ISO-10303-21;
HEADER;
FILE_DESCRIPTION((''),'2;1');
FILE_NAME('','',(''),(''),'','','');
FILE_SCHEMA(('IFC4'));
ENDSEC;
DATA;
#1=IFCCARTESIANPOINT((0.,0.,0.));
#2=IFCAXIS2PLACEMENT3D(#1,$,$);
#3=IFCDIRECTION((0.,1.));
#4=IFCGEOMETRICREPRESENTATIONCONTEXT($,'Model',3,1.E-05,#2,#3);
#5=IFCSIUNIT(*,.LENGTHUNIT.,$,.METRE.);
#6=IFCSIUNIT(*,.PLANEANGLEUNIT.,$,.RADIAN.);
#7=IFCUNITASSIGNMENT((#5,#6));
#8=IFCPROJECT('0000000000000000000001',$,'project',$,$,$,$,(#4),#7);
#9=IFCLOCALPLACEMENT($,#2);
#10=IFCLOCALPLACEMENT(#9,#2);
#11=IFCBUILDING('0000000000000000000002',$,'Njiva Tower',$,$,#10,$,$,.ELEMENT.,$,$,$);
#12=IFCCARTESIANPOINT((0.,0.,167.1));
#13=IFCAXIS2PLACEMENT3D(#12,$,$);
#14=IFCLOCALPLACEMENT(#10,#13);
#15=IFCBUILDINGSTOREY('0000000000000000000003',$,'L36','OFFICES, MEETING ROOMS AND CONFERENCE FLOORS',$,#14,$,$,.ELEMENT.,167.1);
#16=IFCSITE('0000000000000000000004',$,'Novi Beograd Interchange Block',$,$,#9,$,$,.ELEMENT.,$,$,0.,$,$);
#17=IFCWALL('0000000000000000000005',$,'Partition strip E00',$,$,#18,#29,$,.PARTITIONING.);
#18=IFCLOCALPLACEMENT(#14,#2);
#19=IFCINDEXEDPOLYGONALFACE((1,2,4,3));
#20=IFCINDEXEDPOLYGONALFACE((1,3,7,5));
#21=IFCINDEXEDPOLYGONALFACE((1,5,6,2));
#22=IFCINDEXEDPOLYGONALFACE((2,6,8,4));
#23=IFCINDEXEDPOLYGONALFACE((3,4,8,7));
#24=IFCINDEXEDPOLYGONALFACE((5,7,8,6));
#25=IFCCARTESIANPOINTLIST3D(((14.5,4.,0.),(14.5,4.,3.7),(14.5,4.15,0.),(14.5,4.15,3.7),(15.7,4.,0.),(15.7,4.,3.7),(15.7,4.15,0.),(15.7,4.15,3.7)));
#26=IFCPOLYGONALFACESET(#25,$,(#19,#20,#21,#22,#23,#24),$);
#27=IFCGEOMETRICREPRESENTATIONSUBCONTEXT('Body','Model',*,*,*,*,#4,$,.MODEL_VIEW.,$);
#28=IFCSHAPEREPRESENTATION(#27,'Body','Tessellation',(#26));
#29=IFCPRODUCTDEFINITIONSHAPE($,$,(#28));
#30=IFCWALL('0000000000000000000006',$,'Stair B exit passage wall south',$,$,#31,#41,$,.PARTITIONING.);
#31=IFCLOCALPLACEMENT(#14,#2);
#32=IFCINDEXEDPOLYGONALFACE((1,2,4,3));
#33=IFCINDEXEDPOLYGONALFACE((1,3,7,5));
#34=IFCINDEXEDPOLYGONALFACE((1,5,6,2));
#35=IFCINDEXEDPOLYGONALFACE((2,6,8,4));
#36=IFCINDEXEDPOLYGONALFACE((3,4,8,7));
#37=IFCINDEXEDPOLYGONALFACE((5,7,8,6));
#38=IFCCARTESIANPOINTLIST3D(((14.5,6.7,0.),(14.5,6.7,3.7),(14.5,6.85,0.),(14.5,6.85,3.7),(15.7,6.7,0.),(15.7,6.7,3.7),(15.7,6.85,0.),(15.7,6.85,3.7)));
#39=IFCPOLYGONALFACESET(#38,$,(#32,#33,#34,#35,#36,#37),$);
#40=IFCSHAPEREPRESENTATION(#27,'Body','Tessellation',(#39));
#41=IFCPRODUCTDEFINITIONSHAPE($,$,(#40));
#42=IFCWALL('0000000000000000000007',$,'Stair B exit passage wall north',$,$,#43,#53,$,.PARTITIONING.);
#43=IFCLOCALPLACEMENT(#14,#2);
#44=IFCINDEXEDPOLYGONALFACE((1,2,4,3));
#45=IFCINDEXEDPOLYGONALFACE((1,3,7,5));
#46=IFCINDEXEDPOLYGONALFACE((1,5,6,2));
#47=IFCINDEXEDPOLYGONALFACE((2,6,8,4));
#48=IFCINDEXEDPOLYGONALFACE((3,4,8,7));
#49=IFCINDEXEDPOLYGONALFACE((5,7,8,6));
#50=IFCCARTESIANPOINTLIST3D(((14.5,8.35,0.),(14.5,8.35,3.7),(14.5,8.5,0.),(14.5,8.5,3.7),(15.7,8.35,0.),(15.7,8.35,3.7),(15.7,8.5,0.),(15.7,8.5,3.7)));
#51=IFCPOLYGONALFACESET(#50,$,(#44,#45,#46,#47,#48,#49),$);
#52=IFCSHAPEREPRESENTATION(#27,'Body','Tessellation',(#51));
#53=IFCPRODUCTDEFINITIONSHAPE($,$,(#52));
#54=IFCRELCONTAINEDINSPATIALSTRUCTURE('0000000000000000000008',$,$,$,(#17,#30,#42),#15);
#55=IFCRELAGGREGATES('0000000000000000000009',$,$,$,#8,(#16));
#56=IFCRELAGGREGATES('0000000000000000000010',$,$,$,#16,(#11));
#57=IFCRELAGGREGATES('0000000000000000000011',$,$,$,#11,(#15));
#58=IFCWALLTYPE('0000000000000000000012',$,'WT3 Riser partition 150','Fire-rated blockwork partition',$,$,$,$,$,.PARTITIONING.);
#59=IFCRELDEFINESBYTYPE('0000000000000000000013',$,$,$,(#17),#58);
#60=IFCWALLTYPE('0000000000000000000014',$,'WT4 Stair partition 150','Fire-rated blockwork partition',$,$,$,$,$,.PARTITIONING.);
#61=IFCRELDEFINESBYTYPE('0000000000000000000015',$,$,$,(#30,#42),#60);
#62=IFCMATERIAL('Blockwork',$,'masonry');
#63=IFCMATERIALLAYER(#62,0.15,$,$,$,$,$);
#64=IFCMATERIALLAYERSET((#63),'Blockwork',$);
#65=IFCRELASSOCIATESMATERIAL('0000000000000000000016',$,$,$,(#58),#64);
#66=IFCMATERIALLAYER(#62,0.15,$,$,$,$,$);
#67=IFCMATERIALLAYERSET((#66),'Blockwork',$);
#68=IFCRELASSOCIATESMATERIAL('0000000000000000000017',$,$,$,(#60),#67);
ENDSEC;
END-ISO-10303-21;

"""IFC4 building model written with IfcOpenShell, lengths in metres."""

from ifc_helpers import new_model, si_unit, direction, frame, frame_2d, origin, place, context, subcontext, project, spatial, rectangle, extrude, material, layer, layer_set, type_object, element, save


model = new_model("IFC4")

# Units and contexts
model_context = context("Model", 3, precision=1e-05, world=origin(), true_north=direction((0.0, 1.0)))
body_context = subcontext(model_context, "Body", "Model", "MODEL_VIEW")
ifc_project = project(units=[si_unit("LENGTHUNIT", "METRE"), si_unit("PLANEANGLEUNIT", "RADIAN")], contexts=[model_context])

# Site, building, storey
site_placement = place(None, origin())
site = spatial("IfcSite", under=ifc_project, at=site_placement, Name="Novi Beograd Interchange Block", CompositionType="ELEMENT", RefElevation=0.0)
building_placement = place(site_placement, origin())
building = spatial("IfcBuilding", under=site, at=building_placement, Name="Njiva Tower", CompositionType="ELEMENT")
storey_placement = place(building_placement, frame((0.0, 0.0, 167.1)))
storey = spatial("IfcBuildingStorey", under=building, at=storey_placement, Name="L36", Description="OFFICES, MEETING ROOMS AND CONFERENCE FLOORS", CompositionType="ELEMENT", Elevation=167.1)

# Walls
ifc_material_1 = material(Name="Blockwork", Category="masonry")
ifc_layer_1 = layer(ifc_material_1, 0.15)
ifc_layer_set_1 = layer_set([ifc_layer_1], Name="Blockwork")
wall_type_1 = type_object("IfcWallType", Name="WT3 Riser partition 150", Description="Fire-rated blockwork partition", PredefinedType="PARTITIONING", material=ifc_layer_set_1)
wall_1_placement = place(storey_placement, frame((14.5, 4.075, 0.0), z_axis=(0.0, 0.0, 1.0), x_axis=(1.0, 0.0, 0.0)))
element("IfcWall", 1, at=wall_1_placement, inside=storey, type_object=wall_type_1, Name="Partition strip E00", PredefinedType="PARTITIONING", context=body_context, shape_type="SweptSolid", body=[
    extrude(rectangle(XDim=1.2, YDim=0.15, at=frame_2d((0.6, 0.0))), origin(), (0.0, 0.0, 1.0), 3.7),
])
ifc_layer_2 = layer(ifc_material_1, 0.15)
ifc_layer_set_2 = layer_set([ifc_layer_2], Name="Blockwork")
wall_type_2 = type_object("IfcWallType", Name="WT4 Stair partition 150", Description="Fire-rated blockwork partition", PredefinedType="PARTITIONING", material=ifc_layer_set_2)
for number, where, z_axis, x_axis, name in (
    (2, (14.5, 6.775, 0.0), (0.0, 0.0, 1.0), (1.0, 0.0, 0.0), "Stair B exit passage wall south"),
    (3, (14.5, 8.425, 0.0), (0.0, 0.0, 1.0), (1.0, 0.0, 0.0), "Stair B exit passage wall north"),
):
    element("IfcWall", number, at=place(storey_placement, frame(where, z_axis=z_axis, x_axis=x_axis)), inside=storey, type_object=wall_type_2, Name=name, PredefinedType="PARTITIONING", context=body_context, shape_type="SweptSolid", body=[
        extrude(rectangle(XDim=1.2, YDim=0.15, at=frame_2d((0.6, 0.0))), origin(), (0.0, 0.0, 1.0), 3.7),
    ])

save(model, "model.ifc")
